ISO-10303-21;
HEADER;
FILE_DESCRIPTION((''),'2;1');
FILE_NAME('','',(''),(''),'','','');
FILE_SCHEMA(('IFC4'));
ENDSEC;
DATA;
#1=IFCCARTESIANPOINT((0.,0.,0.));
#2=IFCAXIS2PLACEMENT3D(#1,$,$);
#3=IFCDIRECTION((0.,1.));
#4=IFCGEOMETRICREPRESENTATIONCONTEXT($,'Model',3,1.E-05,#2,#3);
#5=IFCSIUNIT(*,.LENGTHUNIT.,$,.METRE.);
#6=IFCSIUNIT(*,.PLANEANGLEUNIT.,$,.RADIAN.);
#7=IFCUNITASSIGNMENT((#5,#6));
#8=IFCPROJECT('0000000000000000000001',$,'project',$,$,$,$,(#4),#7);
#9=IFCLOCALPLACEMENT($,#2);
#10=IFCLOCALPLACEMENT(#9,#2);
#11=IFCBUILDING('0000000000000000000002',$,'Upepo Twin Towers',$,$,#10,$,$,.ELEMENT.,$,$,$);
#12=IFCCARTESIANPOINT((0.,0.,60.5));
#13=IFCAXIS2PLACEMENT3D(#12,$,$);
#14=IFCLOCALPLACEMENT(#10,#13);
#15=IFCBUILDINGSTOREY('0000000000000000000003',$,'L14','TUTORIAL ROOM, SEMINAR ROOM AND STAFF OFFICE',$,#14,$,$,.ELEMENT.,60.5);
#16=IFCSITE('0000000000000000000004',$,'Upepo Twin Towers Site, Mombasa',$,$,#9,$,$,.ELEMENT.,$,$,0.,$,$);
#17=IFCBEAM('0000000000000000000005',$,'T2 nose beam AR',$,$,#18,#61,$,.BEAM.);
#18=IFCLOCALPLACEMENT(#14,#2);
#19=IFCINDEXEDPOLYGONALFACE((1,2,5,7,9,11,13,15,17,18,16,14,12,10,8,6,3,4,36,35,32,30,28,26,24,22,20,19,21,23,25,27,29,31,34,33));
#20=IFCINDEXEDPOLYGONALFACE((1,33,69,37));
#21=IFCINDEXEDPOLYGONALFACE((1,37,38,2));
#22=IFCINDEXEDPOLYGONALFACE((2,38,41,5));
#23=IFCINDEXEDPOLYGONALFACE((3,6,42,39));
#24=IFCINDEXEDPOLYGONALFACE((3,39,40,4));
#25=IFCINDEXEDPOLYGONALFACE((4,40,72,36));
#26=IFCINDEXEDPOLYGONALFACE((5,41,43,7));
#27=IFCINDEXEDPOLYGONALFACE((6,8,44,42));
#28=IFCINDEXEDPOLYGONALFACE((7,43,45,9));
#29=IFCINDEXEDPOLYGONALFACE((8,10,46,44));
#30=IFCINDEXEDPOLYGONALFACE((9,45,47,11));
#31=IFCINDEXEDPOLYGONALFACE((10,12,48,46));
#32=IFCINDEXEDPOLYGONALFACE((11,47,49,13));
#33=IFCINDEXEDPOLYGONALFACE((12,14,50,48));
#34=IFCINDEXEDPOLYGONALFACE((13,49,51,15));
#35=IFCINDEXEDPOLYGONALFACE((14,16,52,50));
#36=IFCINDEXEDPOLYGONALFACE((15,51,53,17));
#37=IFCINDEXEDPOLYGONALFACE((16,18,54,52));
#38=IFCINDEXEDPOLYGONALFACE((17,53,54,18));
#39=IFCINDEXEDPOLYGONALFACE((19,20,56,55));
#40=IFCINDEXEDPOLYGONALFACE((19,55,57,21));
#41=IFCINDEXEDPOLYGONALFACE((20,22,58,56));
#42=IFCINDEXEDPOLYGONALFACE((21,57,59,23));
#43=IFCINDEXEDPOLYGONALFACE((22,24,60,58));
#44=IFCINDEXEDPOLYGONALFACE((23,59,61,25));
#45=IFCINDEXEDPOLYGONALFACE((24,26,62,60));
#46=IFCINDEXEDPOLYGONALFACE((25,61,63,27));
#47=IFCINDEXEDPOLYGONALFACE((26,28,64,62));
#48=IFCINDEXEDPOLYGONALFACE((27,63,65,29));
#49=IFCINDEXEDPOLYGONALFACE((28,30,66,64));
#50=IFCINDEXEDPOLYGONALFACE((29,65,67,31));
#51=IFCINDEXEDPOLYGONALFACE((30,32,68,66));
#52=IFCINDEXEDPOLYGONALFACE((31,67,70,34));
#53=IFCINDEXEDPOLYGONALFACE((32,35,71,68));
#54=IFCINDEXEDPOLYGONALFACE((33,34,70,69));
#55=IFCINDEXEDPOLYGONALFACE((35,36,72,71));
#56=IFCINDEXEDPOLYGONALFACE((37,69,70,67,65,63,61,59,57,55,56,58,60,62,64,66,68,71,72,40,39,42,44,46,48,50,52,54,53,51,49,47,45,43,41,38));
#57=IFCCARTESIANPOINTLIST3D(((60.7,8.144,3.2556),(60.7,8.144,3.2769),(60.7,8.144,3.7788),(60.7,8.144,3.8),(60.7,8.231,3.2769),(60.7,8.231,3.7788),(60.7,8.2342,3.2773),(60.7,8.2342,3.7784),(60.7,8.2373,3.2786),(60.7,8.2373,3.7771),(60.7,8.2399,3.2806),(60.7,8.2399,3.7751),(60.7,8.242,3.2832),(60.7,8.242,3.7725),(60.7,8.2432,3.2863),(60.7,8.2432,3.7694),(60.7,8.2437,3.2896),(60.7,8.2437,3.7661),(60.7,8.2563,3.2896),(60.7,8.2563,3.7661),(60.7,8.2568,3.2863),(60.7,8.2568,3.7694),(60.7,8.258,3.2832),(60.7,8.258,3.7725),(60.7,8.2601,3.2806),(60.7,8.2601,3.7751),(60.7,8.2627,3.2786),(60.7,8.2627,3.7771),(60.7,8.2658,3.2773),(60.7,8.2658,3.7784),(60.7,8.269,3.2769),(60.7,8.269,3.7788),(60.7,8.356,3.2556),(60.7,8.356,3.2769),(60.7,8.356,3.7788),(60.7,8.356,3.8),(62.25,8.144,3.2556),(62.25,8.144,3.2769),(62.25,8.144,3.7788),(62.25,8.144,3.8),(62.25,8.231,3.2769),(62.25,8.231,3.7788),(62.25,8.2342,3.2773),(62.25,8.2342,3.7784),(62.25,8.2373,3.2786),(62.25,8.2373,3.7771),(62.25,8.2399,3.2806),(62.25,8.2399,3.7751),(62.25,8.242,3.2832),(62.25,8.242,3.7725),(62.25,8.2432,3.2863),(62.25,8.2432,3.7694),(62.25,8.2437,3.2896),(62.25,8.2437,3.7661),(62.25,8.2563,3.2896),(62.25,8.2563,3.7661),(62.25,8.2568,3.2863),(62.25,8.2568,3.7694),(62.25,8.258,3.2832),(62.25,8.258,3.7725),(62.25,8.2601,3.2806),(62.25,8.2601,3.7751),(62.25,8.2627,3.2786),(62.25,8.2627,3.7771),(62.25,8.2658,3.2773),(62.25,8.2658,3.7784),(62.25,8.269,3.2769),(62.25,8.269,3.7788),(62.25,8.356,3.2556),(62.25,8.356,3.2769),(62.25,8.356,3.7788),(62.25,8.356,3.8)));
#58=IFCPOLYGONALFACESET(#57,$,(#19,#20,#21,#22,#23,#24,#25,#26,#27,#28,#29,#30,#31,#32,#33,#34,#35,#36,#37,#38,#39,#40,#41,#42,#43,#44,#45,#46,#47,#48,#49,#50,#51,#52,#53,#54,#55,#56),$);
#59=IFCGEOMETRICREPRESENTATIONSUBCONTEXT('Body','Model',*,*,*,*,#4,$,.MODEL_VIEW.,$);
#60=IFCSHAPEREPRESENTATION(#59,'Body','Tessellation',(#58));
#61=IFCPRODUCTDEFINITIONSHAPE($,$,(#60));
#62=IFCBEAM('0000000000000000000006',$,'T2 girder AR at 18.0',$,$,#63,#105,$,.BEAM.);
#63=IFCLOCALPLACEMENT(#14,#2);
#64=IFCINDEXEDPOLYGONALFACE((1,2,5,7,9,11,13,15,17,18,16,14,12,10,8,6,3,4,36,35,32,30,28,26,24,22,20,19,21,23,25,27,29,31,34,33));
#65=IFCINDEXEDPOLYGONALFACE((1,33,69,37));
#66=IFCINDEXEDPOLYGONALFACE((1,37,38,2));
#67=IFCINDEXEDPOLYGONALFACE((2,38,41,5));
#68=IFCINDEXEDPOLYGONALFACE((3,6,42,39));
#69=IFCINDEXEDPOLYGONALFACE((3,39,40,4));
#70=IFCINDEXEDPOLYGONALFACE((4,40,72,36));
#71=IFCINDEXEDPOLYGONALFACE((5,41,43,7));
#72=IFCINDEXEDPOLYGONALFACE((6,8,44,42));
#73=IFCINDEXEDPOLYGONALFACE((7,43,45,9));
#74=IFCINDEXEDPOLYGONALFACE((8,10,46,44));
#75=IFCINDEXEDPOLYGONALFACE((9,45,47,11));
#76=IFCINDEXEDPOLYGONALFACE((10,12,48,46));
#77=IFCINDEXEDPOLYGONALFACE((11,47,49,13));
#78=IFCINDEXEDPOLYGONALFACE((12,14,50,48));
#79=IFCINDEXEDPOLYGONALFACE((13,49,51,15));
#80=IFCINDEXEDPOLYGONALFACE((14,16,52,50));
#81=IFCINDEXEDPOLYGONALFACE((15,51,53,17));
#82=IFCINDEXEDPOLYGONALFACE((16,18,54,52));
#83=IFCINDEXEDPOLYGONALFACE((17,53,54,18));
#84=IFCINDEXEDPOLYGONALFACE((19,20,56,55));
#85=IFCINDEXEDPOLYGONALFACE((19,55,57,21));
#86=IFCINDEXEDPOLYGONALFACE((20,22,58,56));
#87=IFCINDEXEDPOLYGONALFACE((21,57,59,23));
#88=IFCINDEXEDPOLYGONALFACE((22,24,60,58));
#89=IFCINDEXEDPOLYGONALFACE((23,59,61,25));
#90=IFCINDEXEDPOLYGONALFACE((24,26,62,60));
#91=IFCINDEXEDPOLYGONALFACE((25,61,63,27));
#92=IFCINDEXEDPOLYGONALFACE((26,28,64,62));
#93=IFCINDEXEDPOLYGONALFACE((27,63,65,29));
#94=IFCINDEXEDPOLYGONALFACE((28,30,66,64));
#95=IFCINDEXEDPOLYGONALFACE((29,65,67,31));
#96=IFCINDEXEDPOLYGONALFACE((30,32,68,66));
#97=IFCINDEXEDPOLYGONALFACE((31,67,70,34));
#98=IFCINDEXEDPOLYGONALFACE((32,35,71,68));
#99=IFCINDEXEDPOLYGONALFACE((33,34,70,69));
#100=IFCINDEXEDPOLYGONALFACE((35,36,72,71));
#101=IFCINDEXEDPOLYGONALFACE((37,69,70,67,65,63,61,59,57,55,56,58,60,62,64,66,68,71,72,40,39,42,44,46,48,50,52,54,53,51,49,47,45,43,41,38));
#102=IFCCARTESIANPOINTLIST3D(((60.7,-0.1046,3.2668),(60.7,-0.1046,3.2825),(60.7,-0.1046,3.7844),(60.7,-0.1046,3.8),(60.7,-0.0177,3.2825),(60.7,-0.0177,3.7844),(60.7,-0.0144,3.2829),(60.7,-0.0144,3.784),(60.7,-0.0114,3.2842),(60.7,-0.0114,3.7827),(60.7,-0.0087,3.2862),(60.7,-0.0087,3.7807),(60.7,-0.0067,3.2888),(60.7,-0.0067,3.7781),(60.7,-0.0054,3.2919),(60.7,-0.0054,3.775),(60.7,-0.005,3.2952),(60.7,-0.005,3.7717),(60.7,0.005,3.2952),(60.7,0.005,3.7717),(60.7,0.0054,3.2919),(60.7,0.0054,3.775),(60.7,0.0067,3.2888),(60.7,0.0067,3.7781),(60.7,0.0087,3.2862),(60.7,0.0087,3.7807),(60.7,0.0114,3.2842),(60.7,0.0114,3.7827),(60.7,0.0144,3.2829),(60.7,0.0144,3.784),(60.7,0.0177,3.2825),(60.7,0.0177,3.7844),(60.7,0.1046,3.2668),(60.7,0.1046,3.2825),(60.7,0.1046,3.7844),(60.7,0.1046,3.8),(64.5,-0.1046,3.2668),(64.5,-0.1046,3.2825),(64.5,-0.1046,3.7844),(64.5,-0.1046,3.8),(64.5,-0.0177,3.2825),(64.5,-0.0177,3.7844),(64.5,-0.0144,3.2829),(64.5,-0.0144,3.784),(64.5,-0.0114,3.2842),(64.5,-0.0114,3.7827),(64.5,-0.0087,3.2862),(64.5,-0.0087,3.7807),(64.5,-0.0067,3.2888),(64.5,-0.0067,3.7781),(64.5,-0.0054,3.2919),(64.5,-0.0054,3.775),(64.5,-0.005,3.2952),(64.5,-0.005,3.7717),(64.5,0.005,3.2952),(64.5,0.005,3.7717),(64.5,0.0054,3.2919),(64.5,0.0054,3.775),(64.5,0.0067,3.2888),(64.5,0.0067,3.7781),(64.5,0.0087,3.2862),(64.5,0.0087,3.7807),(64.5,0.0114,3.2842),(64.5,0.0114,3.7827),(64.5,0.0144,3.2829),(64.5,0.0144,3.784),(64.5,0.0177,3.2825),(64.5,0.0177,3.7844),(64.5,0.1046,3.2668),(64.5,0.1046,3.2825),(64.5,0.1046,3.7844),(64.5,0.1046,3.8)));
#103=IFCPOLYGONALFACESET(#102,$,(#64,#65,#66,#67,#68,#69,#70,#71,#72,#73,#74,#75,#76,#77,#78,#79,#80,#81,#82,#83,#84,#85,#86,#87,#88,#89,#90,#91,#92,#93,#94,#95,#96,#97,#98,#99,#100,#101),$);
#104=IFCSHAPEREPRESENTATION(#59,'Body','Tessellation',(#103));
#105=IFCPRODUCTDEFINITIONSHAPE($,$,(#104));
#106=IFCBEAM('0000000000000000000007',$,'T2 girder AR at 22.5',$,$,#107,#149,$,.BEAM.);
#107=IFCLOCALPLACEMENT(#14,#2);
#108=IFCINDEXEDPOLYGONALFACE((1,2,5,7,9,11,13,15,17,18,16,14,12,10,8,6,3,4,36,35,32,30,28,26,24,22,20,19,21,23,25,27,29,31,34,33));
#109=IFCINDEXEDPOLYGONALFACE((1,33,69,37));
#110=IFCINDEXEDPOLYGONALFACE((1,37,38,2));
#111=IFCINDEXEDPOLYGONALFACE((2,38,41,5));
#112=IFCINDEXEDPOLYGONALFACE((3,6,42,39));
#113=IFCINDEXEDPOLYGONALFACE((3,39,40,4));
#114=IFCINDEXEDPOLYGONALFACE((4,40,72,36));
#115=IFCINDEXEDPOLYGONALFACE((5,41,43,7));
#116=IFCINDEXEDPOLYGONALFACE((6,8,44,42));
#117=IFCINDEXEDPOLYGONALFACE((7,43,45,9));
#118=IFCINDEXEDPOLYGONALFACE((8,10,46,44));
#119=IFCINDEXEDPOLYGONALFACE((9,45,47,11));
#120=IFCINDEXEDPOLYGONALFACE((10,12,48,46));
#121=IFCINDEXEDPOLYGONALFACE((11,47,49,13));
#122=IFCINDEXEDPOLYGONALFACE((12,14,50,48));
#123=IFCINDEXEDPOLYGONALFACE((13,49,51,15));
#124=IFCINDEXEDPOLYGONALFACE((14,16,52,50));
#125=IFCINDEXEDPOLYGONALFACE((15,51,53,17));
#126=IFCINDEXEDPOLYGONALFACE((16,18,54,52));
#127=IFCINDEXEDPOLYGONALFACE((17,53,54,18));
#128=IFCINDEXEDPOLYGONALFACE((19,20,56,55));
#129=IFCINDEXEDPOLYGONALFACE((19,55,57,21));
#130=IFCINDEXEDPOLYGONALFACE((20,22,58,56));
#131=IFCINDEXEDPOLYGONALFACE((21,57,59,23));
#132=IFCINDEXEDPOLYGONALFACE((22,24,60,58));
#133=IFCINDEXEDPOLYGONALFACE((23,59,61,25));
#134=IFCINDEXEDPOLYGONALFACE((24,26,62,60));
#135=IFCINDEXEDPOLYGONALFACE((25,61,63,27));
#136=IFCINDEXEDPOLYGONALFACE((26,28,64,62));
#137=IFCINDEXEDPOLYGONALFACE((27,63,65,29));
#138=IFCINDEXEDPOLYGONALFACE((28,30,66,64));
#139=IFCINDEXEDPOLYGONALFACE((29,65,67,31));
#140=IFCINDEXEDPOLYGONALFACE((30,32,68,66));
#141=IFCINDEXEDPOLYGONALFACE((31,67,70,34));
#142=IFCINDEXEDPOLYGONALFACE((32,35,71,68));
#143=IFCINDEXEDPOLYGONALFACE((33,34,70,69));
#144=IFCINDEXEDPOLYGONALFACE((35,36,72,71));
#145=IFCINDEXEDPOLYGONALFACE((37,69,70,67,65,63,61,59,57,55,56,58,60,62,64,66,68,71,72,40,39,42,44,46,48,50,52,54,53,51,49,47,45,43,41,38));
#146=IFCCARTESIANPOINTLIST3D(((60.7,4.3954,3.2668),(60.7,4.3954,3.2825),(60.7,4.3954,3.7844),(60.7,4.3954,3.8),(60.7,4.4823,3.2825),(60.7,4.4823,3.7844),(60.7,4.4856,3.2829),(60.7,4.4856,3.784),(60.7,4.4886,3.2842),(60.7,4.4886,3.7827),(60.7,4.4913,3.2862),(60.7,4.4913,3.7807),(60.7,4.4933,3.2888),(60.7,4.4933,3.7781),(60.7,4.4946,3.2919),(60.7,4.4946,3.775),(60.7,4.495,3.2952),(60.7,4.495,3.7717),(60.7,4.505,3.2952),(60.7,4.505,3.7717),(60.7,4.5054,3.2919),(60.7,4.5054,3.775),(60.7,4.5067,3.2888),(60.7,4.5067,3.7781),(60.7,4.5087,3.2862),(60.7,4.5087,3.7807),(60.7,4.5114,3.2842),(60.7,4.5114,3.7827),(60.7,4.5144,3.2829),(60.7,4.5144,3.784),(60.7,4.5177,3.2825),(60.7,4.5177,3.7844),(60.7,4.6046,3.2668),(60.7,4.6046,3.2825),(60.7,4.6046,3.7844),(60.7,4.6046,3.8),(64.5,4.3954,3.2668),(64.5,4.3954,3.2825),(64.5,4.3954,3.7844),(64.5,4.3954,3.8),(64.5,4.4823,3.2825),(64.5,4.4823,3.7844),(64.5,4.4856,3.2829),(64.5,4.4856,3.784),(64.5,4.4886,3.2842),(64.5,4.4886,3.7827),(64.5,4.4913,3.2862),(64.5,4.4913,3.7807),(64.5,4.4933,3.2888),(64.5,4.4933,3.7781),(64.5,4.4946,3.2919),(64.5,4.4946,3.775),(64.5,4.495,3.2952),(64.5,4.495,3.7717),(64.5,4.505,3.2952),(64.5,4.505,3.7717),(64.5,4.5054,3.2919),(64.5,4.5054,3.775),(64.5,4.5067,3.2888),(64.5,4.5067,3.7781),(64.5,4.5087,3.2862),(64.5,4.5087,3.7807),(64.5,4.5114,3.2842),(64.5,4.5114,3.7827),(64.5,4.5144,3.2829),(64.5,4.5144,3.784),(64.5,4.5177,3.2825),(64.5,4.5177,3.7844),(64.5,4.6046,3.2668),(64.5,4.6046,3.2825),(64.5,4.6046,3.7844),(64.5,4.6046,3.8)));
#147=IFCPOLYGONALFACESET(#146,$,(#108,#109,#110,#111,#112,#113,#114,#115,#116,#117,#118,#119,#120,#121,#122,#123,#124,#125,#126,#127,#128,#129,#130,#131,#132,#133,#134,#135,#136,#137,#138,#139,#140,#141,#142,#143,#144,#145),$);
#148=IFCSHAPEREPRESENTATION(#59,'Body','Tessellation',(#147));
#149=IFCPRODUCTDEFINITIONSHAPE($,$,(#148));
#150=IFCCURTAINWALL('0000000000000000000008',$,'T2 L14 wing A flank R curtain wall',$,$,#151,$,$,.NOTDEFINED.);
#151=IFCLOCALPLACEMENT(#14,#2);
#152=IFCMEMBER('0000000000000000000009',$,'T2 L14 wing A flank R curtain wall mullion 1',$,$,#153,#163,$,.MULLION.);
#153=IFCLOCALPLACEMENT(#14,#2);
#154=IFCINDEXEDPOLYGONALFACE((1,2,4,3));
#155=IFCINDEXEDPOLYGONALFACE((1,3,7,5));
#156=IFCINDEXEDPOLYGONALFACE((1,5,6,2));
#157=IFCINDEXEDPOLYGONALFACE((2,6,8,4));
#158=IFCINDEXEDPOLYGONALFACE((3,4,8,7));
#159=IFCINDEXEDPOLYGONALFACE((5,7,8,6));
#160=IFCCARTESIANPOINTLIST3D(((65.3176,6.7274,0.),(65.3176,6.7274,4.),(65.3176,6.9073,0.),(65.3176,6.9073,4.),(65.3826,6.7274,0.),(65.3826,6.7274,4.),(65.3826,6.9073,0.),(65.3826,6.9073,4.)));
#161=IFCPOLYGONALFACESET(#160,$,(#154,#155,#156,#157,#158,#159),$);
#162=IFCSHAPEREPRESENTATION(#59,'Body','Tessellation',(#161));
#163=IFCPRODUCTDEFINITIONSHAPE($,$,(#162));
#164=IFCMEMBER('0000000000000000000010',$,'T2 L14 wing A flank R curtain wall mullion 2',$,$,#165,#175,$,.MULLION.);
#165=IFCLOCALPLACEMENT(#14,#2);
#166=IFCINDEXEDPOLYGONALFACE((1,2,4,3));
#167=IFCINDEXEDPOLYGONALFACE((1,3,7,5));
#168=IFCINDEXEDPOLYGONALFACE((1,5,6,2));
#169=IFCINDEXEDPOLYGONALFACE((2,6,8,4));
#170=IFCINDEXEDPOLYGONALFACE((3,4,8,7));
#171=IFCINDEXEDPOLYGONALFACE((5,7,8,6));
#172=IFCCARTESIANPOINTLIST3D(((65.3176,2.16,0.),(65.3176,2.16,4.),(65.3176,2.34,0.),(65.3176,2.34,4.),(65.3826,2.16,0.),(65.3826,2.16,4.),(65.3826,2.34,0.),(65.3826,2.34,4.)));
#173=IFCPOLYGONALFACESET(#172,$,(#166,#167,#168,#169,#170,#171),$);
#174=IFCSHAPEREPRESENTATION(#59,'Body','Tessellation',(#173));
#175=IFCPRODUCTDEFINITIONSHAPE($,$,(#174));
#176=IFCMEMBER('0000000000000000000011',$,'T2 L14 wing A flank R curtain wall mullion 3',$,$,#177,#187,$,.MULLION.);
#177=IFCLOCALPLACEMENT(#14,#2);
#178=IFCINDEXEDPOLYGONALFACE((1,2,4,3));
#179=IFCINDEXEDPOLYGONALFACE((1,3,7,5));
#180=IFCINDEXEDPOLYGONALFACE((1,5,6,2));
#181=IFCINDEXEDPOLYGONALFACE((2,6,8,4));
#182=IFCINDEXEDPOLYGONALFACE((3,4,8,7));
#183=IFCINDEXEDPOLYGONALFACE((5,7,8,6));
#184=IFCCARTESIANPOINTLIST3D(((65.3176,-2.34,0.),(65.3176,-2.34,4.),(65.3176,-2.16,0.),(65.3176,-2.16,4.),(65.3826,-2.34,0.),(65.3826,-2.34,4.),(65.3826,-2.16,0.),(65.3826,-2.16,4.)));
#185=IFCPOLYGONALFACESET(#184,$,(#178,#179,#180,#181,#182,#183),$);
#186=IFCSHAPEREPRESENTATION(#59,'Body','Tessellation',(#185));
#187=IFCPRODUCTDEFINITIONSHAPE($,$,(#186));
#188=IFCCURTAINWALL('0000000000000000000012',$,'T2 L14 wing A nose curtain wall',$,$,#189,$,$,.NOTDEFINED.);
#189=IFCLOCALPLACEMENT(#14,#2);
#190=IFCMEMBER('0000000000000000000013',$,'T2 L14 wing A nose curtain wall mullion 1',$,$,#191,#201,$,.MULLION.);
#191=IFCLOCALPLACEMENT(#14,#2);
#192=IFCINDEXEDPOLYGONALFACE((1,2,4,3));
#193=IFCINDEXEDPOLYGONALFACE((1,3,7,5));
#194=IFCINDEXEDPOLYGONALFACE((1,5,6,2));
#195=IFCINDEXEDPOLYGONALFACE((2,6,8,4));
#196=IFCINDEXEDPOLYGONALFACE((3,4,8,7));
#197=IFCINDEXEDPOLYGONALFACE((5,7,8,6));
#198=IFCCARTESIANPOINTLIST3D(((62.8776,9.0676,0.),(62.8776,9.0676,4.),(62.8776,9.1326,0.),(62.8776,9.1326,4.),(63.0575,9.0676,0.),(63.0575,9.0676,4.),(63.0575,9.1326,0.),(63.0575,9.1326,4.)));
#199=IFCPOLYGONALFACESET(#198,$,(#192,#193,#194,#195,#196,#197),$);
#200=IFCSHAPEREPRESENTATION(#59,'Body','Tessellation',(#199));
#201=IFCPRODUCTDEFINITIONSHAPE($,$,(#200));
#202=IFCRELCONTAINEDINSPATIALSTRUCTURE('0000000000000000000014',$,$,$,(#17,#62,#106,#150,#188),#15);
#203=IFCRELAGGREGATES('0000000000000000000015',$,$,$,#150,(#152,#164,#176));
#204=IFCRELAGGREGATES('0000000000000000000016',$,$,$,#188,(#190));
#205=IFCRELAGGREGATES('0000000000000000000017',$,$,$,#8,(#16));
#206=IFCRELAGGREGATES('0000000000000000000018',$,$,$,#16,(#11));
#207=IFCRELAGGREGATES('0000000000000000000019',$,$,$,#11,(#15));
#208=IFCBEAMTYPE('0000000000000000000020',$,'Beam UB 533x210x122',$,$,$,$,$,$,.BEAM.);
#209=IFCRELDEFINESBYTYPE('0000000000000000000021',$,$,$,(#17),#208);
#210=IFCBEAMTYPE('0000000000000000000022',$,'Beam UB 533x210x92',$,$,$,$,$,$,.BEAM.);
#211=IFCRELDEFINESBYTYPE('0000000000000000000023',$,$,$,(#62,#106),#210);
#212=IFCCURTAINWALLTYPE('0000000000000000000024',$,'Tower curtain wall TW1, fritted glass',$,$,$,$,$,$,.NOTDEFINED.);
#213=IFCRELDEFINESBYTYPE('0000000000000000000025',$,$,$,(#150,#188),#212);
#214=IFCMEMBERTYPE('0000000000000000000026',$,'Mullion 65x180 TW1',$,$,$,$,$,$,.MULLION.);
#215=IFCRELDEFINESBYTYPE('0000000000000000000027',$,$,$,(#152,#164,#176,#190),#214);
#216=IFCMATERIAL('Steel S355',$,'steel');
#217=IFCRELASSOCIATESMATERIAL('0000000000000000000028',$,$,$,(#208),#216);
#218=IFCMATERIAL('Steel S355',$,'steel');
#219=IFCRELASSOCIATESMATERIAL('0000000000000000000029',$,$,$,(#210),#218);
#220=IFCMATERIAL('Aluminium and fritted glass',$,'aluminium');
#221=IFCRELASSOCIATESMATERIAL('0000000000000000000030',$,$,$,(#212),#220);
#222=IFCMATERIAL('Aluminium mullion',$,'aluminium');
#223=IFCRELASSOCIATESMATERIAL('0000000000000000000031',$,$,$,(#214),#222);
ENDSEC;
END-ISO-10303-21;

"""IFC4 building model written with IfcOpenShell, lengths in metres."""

from ifc_helpers import new_model, si_unit, direction, frame, origin, origin_2d, place, context, subcontext, project, spatial, rectangle, i_section, extrude, material, material_profile, profile_set, type_object, element, aggregate, save


model = new_model("IFC4")

# Units and contexts
model_context = context("Model", 3, precision=1e-05, world=origin(), true_north=direction((0.0, 1.0)))
body_context = subcontext(model_context, "Body", "Model", "MODEL_VIEW")
ifc_project = project(units=[si_unit("LENGTHUNIT", "METRE"), si_unit("PLANEANGLEUNIT", "RADIAN")], contexts=[model_context])

# Site, building, storey
site_placement = place(None, origin())
site = spatial("IfcSite", under=ifc_project, at=site_placement, Name="Upepo Twin Towers Site, Mombasa", CompositionType="ELEMENT", RefElevation=0.0)
building_placement = place(site_placement, origin())
building = spatial("IfcBuilding", under=site, at=building_placement, Name="Upepo Twin Towers", CompositionType="ELEMENT")
storey_placement = place(building_placement, frame((0.0, 0.0, 60.5)))
storey = spatial("IfcBuildingStorey", under=building, at=storey_placement, Name="L14", Description="TUTORIAL ROOM, SEMINAR ROOM AND STAFF OFFICE", CompositionType="ELEMENT", Elevation=60.5)

# Beams
ifc_material_1 = material(Name="Steel S355", Category="steel")
ifc_material_profile_1 = material_profile(ifc_material_1, i_section(OverallWidth=0.2119, OverallDepth=0.5444, WebThickness=0.0127, FlangeThickness=0.0212, FilletRadius=0.0127, at=origin_2d()), Name="UB 533x210x122")
ifc_profile_set_1 = profile_set([ifc_material_profile_1], Name="Steel S355")
beam_type_1 = type_object("IfcBeamType", Name="Beam UB 533x210x122", PredefinedType="BEAM", material=ifc_profile_set_1)
beam_1_placement = place(storey_placement, frame((62.25, 8.25, 3.5278), z_axis=(-1.0, 0.0, 0.0), x_axis=(0.0, -1.0, 0.0)))
element("IfcBeam", 1, at=beam_1_placement, inside=storey, type_object=beam_type_1, Name="T2 nose beam AR", PredefinedType="BEAM", context=body_context, shape_type="SweptSolid", body=[
    extrude(i_section(OverallWidth=0.2119, OverallDepth=0.5444, WebThickness=0.0127, FlangeThickness=0.0212, FilletRadius=0.0127, at=origin_2d()), origin(), (0.0, 0.0, 1.0), 1.55),
])
ifc_material_2 = material(Name="Steel S355", Category="steel")
ifc_material_profile_2 = material_profile(ifc_material_2, i_section(OverallWidth=0.2092, OverallDepth=0.5332, WebThickness=0.01, FlangeThickness=0.0156, FilletRadius=0.0127, at=origin_2d()), Name="UB 533x210x92")
ifc_profile_set_2 = profile_set([ifc_material_profile_2], Name="Steel S355")
beam_type_2 = type_object("IfcBeamType", Name="Beam UB 533x210x92", PredefinedType="BEAM", material=ifc_profile_set_2)
for number, where, z_axis, x_axis, name in (
    (2, (64.5, 0.0, 3.5334), (-1.0, 0.0, 0.0), (0.0, -1.0, 0.0), "T2 girder AR at 18.0"),
    (3, (64.5, 4.5, 3.5334), (-1.0, 0.0, 0.0), (0.0, -1.0, 0.0), "T2 girder AR at 22.5"),
):
    element("IfcBeam", number, at=place(storey_placement, frame(where, z_axis=z_axis, x_axis=x_axis)), inside=storey, type_object=beam_type_2, Name=name, PredefinedType="BEAM", context=body_context, shape_type="SweptSolid", body=[
        extrude(i_section(OverallWidth=0.2092, OverallDepth=0.5332, WebThickness=0.01, FlangeThickness=0.0156, FilletRadius=0.0127, at=origin_2d()), origin(), (0.0, 0.0, 1.0), 3.8),
    ])

# Curtain walls, members
ifc_material_3 = material(Name="Aluminium and fritted glass", Category="aluminium")
curtain_wall_type = type_object("IfcCurtainWallType", Name="Tower curtain wall TW1, fritted glass", PredefinedType="NOTDEFINED", material=ifc_material_3)
curtain_wall_1_placement = place(storey_placement, origin())
curtain_wall_1 = element("IfcCurtainWall", 4, at=curtain_wall_1_placement, inside=storey, type_object=curtain_wall_type, Name="T2 L14 wing A flank R curtain wall", PredefinedType="NOTDEFINED")
ifc_material_4 = material(Name="Aluminium mullion", Category="aluminium")
ifc_material_profile_3 = material_profile(ifc_material_4, rectangle(XDim=0.0649, YDim=0.1799, at=origin_2d()), Name="MULLION 65x180")
ifc_profile_set_3 = profile_set([ifc_material_profile_3], Name="Aluminium mullion")
member_type_1 = type_object("IfcMemberType", Name="Mullion 65x180 TW1", PredefinedType="MULLION", material=ifc_profile_set_3)
member_1_placement = place(storey_placement, frame((65.3501, 6.8174, 0.0), z_axis=(0.0, 0.0, 1.0), x_axis=(1.0, 0.0, 0.0)))
member_1 = element("IfcMember", 5, at=member_1_placement, type_object=member_type_1, Name="T2 L14 wing A flank R curtain wall mullion 1", PredefinedType="MULLION", context=body_context, shape_type="SweptSolid", body=[
    extrude(rectangle(XDim=0.0649, YDim=0.1799, at=origin_2d()), origin(), (0.0, 0.0, 1.0), 4.0),
])
member_2_placement = place(storey_placement, frame((65.3501, 2.25, 0.0), z_axis=(0.0, 0.0, 1.0), x_axis=(1.0, 0.0, 0.0)))
member_2 = element("IfcMember", 6, at=member_2_placement, type_object=member_type_1, Name="T2 L14 wing A flank R curtain wall mullion 2", PredefinedType="MULLION", context=body_context, shape_type="SweptSolid", body=[
    extrude(rectangle(XDim=0.0649, YDim=0.1799, at=origin_2d()), origin(), (0.0, 0.0, 1.0), 4.0),
])
member_3_placement = place(storey_placement, frame((65.3501, -2.25, 0.0), z_axis=(0.0, 0.0, 1.0), x_axis=(1.0, 0.0, 0.0)))
member_3 = element("IfcMember", 7, at=member_3_placement, type_object=member_type_1, Name="T2 L14 wing A flank R curtain wall mullion 3", PredefinedType="MULLION", context=body_context, shape_type="SweptSolid", body=[
    extrude(rectangle(XDim=0.0649, YDim=0.1799, at=origin_2d()), origin(), (0.0, 0.0, 1.0), 4.0),
])
curtain_wall_2_placement = place(storey_placement, origin())
curtain_wall_2 = element("IfcCurtainWall", 8, at=curtain_wall_2_placement, inside=storey, type_object=curtain_wall_type, Name="T2 L14 wing A nose curtain wall", PredefinedType="NOTDEFINED")
member_4_placement = place(storey_placement, frame((62.9675, 9.1001, 0.0), z_axis=(0.0, 0.0, 1.0), x_axis=(0.0, -1.0, 0.0)))
member_4 = element("IfcMember", 9, at=member_4_placement, type_object=member_type_1, Name="T2 L14 wing A nose curtain wall mullion 1", PredefinedType="MULLION", context=body_context, shape_type="SweptSolid", body=[
    extrude(rectangle(XDim=0.0649, YDim=0.1799, at=origin_2d()), origin(), (0.0, 0.0, 1.0), 4.0),
])

aggregate(curtain_wall_1, [member_1, member_2, member_3])
aggregate(curtain_wall_2, [member_4])

save(model, "model.ifc")
